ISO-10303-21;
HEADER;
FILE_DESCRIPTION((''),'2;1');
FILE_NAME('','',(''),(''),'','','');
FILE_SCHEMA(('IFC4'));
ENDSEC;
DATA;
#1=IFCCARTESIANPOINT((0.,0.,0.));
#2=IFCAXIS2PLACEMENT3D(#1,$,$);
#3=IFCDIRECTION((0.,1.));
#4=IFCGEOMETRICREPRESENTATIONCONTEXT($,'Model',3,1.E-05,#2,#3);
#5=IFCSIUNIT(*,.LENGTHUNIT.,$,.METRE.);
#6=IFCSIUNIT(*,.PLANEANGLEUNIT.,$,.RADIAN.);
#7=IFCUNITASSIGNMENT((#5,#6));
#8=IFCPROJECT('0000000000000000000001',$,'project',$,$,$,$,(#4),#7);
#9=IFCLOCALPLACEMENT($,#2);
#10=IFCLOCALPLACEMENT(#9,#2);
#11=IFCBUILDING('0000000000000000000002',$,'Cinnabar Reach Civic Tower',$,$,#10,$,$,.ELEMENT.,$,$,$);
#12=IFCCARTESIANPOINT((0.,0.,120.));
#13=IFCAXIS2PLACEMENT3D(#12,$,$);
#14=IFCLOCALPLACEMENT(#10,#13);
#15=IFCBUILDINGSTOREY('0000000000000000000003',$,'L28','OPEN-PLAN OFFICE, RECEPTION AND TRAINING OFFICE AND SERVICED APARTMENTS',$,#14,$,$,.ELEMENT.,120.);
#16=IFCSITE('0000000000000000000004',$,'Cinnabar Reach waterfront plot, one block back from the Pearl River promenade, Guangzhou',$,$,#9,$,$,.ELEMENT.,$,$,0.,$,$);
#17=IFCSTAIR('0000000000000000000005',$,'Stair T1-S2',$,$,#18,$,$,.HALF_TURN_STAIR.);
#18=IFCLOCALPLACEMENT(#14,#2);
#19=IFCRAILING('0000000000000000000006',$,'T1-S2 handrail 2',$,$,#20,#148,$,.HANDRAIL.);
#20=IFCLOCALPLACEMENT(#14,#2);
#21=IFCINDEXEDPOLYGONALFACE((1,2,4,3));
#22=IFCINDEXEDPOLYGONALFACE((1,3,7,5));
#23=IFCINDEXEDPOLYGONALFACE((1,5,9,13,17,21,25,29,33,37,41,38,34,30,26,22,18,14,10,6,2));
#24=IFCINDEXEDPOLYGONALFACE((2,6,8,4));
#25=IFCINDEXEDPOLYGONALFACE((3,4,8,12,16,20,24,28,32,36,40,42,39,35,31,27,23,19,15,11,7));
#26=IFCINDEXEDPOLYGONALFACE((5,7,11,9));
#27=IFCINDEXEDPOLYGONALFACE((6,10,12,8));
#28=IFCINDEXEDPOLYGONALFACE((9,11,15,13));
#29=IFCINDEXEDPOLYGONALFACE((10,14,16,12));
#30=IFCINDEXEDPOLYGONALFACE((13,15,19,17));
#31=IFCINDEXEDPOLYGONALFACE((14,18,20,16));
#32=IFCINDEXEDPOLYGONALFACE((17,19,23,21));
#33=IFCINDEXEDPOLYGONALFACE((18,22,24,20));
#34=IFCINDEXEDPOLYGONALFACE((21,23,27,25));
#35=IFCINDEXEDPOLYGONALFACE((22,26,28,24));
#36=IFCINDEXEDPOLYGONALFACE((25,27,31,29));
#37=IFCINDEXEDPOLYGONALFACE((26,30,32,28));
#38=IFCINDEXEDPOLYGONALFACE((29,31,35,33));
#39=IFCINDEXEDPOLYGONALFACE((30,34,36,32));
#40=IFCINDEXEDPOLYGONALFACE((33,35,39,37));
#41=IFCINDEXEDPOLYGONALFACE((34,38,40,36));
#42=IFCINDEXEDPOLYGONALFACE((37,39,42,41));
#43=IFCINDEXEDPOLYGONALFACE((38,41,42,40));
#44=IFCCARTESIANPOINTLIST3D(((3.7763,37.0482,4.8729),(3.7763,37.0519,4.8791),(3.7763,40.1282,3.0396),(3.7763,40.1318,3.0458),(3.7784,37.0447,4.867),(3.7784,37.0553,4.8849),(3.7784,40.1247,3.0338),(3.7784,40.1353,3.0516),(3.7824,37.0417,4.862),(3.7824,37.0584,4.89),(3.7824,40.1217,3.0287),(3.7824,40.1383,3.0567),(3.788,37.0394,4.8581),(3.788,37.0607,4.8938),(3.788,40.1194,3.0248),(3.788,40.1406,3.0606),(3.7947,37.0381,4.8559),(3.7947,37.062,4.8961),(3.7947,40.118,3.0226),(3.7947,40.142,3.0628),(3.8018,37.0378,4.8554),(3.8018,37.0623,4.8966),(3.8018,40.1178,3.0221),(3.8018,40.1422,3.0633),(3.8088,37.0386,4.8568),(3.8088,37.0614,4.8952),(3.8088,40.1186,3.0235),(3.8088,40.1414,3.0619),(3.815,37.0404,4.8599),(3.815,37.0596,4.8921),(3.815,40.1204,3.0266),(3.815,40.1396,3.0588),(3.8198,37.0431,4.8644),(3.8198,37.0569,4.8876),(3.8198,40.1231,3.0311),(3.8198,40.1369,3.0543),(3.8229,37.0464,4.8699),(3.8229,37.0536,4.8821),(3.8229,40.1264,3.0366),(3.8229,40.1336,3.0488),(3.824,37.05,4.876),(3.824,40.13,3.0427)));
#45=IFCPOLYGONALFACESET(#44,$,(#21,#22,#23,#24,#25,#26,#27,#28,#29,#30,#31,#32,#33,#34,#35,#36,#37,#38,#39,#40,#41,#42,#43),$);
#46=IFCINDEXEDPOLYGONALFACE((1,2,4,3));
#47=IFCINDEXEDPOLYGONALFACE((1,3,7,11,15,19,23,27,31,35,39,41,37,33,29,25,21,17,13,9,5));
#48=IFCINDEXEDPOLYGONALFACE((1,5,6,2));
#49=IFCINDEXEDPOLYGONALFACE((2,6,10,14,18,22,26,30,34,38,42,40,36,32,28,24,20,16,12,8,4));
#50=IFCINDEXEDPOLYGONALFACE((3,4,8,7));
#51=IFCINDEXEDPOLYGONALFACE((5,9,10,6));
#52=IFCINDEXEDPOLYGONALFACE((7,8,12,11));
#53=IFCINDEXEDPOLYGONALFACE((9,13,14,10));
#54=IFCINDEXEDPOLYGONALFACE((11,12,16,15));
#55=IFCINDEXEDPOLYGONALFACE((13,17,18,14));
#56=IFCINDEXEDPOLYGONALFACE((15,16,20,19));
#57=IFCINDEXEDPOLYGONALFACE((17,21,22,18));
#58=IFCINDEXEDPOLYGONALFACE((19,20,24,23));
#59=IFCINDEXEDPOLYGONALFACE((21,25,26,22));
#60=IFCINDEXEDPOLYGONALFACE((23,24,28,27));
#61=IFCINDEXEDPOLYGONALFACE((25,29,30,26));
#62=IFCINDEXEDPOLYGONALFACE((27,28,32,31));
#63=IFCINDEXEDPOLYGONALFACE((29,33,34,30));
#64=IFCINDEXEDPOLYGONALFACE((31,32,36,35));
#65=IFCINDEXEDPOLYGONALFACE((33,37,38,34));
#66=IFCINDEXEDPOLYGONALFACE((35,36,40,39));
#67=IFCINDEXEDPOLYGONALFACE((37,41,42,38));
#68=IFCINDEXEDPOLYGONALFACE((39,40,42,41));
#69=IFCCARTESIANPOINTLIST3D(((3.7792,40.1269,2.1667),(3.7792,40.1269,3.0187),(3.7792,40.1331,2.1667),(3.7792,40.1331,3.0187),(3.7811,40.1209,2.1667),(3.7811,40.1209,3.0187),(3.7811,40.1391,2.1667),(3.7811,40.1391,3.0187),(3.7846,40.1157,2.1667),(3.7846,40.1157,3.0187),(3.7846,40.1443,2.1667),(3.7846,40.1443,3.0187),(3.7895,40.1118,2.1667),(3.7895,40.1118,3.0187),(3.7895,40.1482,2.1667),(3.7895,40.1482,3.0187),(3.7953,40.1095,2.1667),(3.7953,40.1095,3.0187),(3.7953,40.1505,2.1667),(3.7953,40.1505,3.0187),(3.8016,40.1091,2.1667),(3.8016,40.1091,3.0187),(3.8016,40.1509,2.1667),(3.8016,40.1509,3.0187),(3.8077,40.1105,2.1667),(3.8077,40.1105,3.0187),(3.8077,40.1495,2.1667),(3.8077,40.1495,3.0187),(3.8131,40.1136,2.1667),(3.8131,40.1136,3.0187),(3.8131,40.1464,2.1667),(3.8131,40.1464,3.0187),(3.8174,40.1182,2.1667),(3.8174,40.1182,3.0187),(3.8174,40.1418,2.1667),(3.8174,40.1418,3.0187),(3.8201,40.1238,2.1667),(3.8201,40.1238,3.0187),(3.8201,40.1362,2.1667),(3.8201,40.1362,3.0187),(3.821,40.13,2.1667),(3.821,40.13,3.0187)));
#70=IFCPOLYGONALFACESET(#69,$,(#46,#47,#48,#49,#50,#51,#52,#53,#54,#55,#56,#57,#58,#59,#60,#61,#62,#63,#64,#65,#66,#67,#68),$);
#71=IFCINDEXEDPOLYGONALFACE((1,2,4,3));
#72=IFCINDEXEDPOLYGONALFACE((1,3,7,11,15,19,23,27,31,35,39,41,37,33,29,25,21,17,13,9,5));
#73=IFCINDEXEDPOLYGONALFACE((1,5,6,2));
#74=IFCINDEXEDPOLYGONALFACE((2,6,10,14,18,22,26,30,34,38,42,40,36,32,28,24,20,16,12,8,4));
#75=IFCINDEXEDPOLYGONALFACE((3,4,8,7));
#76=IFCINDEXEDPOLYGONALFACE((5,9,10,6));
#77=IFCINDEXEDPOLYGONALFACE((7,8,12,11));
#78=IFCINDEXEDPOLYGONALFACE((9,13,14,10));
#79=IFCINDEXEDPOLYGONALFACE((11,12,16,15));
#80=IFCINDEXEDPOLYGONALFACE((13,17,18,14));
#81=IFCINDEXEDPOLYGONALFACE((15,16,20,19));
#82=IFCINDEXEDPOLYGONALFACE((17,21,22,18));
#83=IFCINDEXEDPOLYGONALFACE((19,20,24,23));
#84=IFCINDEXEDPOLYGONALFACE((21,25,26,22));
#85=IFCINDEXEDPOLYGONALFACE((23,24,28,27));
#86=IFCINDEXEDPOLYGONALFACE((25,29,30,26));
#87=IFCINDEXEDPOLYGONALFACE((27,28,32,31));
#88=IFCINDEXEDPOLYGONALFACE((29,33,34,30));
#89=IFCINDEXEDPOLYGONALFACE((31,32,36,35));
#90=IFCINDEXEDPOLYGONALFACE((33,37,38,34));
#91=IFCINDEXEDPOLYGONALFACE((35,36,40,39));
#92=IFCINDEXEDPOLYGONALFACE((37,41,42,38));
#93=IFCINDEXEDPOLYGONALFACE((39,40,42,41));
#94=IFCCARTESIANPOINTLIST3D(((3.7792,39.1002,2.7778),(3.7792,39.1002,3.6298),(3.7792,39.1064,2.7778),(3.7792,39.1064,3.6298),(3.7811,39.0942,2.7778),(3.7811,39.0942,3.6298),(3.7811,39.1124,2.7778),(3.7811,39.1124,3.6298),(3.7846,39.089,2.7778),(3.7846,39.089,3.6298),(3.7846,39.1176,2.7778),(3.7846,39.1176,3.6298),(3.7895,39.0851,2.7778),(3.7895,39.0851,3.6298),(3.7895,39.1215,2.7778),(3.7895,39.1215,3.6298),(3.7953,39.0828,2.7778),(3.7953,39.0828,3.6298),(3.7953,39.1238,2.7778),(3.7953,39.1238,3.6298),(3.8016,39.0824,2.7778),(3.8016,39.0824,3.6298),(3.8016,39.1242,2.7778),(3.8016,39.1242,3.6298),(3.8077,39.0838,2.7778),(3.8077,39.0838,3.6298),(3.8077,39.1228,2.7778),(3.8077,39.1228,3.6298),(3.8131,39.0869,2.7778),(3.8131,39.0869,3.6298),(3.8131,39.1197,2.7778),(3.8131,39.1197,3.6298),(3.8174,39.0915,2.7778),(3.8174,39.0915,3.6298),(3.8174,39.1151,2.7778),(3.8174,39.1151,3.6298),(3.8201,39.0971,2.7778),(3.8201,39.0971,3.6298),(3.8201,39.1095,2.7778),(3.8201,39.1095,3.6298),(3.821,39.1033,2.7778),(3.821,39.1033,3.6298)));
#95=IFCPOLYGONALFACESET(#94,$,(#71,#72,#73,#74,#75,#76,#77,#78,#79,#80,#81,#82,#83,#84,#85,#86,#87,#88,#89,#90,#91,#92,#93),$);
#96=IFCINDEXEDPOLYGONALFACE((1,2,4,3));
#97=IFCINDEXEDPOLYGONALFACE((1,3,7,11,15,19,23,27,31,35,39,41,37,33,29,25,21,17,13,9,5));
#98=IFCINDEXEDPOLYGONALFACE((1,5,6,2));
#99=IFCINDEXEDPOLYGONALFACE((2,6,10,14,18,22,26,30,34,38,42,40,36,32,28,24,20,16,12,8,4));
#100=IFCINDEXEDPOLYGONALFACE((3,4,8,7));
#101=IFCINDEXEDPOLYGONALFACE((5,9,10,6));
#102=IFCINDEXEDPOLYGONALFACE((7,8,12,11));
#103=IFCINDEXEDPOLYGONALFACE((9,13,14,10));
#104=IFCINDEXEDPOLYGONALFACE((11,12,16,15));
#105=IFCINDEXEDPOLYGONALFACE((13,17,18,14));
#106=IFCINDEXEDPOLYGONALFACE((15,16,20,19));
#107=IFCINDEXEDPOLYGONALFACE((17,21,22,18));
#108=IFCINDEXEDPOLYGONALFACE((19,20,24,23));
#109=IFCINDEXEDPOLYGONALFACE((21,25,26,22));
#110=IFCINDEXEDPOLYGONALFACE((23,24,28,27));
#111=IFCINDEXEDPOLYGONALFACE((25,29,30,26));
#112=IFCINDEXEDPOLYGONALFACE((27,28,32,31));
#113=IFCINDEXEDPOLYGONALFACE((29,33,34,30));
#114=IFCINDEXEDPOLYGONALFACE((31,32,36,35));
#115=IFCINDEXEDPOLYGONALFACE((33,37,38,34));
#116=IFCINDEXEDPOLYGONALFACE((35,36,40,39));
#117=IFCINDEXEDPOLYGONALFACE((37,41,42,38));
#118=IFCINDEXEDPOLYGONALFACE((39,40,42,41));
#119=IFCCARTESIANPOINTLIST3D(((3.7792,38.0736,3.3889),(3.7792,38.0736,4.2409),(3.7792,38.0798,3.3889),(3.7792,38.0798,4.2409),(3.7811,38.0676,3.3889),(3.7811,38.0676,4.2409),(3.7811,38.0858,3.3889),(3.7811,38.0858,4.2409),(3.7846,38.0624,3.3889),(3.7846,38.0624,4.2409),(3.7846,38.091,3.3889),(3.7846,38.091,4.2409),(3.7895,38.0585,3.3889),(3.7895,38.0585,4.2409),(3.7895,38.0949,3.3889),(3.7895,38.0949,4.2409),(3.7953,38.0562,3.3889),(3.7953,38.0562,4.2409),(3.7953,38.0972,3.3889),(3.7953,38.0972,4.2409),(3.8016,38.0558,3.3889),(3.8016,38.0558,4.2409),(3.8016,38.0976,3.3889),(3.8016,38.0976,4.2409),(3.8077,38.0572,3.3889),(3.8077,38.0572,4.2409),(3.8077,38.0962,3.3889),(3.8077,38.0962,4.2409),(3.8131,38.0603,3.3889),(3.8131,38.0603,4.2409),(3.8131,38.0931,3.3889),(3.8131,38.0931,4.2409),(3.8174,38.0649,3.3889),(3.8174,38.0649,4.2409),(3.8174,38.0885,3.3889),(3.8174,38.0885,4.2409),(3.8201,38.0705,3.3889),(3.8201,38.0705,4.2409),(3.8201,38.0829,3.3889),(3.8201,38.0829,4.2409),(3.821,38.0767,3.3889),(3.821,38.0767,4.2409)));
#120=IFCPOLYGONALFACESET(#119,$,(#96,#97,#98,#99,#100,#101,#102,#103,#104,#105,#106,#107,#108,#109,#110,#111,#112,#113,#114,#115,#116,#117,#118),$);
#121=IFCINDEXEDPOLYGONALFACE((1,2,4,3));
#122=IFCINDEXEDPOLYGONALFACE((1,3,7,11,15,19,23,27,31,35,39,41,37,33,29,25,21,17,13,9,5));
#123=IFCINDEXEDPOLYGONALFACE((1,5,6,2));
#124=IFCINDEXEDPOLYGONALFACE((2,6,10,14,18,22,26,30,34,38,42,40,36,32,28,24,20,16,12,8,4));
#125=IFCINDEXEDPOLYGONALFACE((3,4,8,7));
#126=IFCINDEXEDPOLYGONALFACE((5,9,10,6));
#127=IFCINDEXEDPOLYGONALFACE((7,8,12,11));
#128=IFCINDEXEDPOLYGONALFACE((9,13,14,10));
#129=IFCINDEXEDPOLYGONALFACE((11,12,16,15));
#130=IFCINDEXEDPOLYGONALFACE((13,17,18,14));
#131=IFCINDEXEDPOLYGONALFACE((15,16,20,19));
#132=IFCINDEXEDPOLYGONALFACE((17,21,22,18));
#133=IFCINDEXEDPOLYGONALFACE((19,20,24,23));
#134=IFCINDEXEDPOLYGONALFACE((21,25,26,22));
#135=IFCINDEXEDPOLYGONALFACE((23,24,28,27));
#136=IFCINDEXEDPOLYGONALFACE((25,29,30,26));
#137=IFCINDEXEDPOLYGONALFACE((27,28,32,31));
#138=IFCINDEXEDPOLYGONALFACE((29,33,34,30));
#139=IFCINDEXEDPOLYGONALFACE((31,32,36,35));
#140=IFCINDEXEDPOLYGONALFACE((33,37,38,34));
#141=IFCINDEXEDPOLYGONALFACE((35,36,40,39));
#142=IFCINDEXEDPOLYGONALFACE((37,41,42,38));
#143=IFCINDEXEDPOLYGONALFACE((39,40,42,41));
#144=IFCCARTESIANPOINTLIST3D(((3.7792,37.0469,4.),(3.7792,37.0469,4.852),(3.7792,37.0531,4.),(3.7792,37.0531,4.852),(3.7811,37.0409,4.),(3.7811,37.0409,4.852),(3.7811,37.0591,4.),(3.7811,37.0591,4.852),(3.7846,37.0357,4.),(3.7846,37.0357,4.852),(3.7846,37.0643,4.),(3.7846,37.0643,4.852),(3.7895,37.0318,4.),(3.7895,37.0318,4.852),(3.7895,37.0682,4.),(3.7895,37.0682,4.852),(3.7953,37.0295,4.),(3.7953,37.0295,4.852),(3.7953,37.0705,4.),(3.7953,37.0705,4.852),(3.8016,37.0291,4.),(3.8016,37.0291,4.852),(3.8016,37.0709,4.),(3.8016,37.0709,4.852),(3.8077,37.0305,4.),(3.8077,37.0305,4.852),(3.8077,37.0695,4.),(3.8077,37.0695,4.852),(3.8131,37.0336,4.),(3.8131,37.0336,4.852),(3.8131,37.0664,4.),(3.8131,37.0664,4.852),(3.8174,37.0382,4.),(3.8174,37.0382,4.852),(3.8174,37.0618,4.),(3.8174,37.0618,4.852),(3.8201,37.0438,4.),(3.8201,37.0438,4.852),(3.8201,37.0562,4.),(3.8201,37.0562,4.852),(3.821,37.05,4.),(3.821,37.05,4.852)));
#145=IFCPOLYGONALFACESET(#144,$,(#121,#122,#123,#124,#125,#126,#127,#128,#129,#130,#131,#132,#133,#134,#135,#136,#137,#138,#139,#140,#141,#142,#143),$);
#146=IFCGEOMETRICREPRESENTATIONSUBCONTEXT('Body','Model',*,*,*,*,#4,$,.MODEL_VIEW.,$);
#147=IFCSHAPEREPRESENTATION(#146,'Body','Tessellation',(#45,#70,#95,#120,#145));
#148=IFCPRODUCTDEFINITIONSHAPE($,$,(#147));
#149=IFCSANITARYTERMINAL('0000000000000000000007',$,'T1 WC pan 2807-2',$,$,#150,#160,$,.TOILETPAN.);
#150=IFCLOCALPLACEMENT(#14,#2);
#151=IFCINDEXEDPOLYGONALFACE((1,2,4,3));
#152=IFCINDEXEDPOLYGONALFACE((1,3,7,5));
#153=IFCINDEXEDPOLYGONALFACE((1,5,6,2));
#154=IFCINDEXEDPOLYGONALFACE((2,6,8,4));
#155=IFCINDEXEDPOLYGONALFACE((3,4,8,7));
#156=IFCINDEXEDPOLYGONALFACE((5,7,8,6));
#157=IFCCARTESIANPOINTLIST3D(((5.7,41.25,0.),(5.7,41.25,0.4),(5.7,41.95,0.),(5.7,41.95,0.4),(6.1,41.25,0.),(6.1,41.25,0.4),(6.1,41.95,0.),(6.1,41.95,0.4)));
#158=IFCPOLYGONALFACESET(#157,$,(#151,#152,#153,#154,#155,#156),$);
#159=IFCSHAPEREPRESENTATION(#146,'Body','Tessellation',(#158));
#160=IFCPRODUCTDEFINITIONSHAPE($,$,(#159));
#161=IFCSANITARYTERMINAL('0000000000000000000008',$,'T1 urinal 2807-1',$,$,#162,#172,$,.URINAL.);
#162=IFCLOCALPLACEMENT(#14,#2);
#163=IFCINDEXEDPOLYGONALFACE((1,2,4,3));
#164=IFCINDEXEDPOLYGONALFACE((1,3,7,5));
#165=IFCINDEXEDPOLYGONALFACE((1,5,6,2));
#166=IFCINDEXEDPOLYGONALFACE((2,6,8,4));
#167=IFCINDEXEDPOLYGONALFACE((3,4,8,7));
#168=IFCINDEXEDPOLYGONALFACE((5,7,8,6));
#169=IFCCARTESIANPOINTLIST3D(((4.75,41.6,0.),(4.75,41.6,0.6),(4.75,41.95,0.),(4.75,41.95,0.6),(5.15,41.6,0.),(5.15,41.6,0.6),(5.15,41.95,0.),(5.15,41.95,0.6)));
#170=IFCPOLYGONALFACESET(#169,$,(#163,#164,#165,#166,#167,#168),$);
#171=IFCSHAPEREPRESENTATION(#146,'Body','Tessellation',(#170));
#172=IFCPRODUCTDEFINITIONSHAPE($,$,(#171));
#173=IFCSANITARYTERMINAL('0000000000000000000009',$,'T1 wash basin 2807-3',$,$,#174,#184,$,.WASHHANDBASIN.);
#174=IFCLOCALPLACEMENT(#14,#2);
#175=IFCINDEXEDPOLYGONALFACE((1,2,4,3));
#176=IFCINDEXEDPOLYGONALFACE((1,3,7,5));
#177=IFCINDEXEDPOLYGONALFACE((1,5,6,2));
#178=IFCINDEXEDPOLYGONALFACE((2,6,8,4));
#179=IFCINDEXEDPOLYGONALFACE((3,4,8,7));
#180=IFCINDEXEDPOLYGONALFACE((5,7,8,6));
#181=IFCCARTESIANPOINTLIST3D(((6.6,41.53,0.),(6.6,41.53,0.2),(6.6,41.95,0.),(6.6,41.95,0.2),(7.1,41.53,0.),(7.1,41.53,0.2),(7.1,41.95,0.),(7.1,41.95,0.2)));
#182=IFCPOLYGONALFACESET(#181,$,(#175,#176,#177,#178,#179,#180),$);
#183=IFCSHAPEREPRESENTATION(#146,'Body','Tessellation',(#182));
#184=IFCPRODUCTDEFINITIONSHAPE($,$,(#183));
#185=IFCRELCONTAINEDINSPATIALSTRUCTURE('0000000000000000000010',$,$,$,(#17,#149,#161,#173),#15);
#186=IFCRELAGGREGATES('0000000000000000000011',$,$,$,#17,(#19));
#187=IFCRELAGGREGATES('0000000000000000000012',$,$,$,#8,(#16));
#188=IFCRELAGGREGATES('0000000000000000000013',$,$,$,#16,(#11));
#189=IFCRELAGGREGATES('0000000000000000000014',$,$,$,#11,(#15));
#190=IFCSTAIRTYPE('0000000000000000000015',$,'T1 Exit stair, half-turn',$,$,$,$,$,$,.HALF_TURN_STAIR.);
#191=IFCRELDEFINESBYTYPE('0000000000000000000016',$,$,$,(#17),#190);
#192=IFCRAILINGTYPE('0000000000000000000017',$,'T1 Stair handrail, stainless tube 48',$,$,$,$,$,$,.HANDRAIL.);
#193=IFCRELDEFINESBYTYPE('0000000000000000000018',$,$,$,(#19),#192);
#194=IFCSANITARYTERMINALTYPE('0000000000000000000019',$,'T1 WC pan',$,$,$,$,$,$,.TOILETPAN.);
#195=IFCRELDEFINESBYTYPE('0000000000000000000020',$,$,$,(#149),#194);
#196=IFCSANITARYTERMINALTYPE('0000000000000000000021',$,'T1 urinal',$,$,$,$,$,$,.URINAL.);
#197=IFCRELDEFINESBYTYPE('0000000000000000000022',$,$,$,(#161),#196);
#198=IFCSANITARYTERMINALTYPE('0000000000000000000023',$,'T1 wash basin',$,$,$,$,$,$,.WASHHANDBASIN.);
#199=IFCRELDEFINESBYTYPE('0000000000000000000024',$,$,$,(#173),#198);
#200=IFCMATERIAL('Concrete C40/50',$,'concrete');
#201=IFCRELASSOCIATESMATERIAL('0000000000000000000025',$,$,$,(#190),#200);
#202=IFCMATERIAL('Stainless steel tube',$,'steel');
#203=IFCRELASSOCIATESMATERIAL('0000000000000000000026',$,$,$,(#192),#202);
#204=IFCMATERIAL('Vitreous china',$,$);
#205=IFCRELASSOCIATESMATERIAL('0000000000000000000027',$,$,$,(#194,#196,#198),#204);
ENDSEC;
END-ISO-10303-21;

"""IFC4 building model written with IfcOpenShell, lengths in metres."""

from ifc_helpers import new_model, si_unit, direction, frame, origin, origin_2d, place, context, subcontext, project, spatial, rectangle, circle, extrude, material, type_object, element, aggregate, save


model = new_model("IFC4")

# Units and contexts
model_context = context("Model", 3, precision=1e-05, world=origin(), true_north=direction((0.0, 1.0)))
body_context = subcontext(model_context, "Body", "Model", "MODEL_VIEW")
ifc_project = project(units=[si_unit("LENGTHUNIT", "METRE"), si_unit("PLANEANGLEUNIT", "RADIAN")], contexts=[model_context])

# Site, building, storey
site_placement = place(None, origin())
site = spatial("IfcSite", under=ifc_project, at=site_placement, Name="Cinnabar Reach waterfront plot, one block back from the Pearl River promenade, Guangzhou", CompositionType="ELEMENT", RefElevation=0.0)
building_placement = place(site_placement, origin())
building = spatial("IfcBuilding", under=site, at=building_placement, Name="Cinnabar Reach Civic Tower", CompositionType="ELEMENT")
storey_placement = place(building_placement, frame((0.0, 0.0, 120.0)))
storey = spatial("IfcBuildingStorey", under=building, at=storey_placement, Name="L28", Description="OPEN-PLAN OFFICE, RECEPTION AND TRAINING OFFICE AND SERVICED APARTMENTS", CompositionType="ELEMENT", Elevation=120.0)

# Stair, railing
ifc_material_1 = material(Name="Concrete C40/50", Category="concrete")
stair_type = type_object("IfcStairType", Name="T1 Exit stair, half-turn", PredefinedType="HALF_TURN_STAIR", material=ifc_material_1)
stair_placement = place(storey_placement, origin())
stair = element("IfcStair", 1, at=stair_placement, inside=storey, type_object=stair_type, Name="Stair T1-S2", PredefinedType="HALF_TURN_STAIR")
ifc_material_2 = material(Name="Stainless steel tube", Category="steel")
railing_type = type_object("IfcRailingType", Name="T1 Stair handrail, stainless tube 48", PredefinedType="HANDRAIL", material=ifc_material_2)
railing_1_placement = place(storey_placement, frame((3.8, 40.13, 2.1667)))
railing_1 = element("IfcRailing", 2, at=railing_1_placement, type_object=railing_type, Name="T1-S2 handrail 2", PredefinedType="HANDRAIL", context=body_context, shape_type="SweptSolid", body=[
    extrude(circle(Radius=0.024, at=origin_2d()), frame((0.0, 0.0, 0.876), z_axis=(0.0, -0.859297, 0.511477), x_axis=(1.0, 0.0, 0.0)), (0.0, 0.0, 1.0), 3.5843),
    extrude(circle(Radius=0.021, at=origin_2d()), origin(), (0.0, 0.0, 1.0), 0.852),
    extrude(circle(Radius=0.021, at=origin_2d()), frame((0.0, -1.0267, 0.6111)), (0.0, 0.0, 1.0), 0.852),
    extrude(circle(Radius=0.021, at=origin_2d()), frame((0.0, -2.0533, 1.2222)), (0.0, 0.0, 1.0), 0.852),
    extrude(circle(Radius=0.021, at=origin_2d()), frame((0.0, -3.08, 1.8333)), (0.0, 0.0, 1.0), 0.852),
])
aggregate(stair, [railing_1])

# Sanitary terminals
ifc_material_3 = material(Name="Vitreous china")
sanitary_terminal_type_1 = type_object("IfcSanitaryTerminalType", Name="T1 WC pan", PredefinedType="TOILETPAN", material=ifc_material_3)
sanitary_terminal_1_placement = place(storey_placement, frame((5.9, 41.6, 0.0), z_axis=(0.0, 0.0, 1.0), x_axis=(1.0, 0.0, 0.0)))
element("IfcSanitaryTerminal", 3, at=sanitary_terminal_1_placement, inside=storey, type_object=sanitary_terminal_type_1, Name="T1 WC pan 2807-2", PredefinedType="TOILETPAN", context=body_context, shape_type="SweptSolid", body=[
    extrude(rectangle(XDim=0.4, YDim=0.7, at=origin_2d()), origin(), (0.0, 0.0, 1.0), 0.4),
])
sanitary_terminal_type_2 = type_object("IfcSanitaryTerminalType", Name="T1 urinal", PredefinedType="URINAL", material=ifc_material_3)
sanitary_terminal_2_placement = place(storey_placement, frame((4.95, 41.775, 0.0), z_axis=(0.0, 0.0, 1.0), x_axis=(1.0, 0.0, 0.0)))
element("IfcSanitaryTerminal", 4, at=sanitary_terminal_2_placement, inside=storey, type_object=sanitary_terminal_type_2, Name="T1 urinal 2807-1", PredefinedType="URINAL", context=body_context, shape_type="SweptSolid", body=[
    extrude(rectangle(XDim=0.4, YDim=0.35, at=origin_2d()), origin(), (0.0, 0.0, 1.0), 0.6),
])
sanitary_terminal_type_3 = type_object("IfcSanitaryTerminalType", Name="T1 wash basin", PredefinedType="WASHHANDBASIN", material=ifc_material_3)
sanitary_terminal_3_placement = place(storey_placement, frame((6.85, 41.74, 0.0), z_axis=(0.0, 0.0, 1.0), x_axis=(1.0, 0.0, 0.0)))
element("IfcSanitaryTerminal", 5, at=sanitary_terminal_3_placement, inside=storey, type_object=sanitary_terminal_type_3, Name="T1 wash basin 2807-3", PredefinedType="WASHHANDBASIN", context=body_context, shape_type="SweptSolid", body=[
    extrude(rectangle(XDim=0.5, YDim=0.42, at=origin_2d()), origin(), (0.0, 0.0, 1.0), 0.2),
])

save(model, "model.ifc")
